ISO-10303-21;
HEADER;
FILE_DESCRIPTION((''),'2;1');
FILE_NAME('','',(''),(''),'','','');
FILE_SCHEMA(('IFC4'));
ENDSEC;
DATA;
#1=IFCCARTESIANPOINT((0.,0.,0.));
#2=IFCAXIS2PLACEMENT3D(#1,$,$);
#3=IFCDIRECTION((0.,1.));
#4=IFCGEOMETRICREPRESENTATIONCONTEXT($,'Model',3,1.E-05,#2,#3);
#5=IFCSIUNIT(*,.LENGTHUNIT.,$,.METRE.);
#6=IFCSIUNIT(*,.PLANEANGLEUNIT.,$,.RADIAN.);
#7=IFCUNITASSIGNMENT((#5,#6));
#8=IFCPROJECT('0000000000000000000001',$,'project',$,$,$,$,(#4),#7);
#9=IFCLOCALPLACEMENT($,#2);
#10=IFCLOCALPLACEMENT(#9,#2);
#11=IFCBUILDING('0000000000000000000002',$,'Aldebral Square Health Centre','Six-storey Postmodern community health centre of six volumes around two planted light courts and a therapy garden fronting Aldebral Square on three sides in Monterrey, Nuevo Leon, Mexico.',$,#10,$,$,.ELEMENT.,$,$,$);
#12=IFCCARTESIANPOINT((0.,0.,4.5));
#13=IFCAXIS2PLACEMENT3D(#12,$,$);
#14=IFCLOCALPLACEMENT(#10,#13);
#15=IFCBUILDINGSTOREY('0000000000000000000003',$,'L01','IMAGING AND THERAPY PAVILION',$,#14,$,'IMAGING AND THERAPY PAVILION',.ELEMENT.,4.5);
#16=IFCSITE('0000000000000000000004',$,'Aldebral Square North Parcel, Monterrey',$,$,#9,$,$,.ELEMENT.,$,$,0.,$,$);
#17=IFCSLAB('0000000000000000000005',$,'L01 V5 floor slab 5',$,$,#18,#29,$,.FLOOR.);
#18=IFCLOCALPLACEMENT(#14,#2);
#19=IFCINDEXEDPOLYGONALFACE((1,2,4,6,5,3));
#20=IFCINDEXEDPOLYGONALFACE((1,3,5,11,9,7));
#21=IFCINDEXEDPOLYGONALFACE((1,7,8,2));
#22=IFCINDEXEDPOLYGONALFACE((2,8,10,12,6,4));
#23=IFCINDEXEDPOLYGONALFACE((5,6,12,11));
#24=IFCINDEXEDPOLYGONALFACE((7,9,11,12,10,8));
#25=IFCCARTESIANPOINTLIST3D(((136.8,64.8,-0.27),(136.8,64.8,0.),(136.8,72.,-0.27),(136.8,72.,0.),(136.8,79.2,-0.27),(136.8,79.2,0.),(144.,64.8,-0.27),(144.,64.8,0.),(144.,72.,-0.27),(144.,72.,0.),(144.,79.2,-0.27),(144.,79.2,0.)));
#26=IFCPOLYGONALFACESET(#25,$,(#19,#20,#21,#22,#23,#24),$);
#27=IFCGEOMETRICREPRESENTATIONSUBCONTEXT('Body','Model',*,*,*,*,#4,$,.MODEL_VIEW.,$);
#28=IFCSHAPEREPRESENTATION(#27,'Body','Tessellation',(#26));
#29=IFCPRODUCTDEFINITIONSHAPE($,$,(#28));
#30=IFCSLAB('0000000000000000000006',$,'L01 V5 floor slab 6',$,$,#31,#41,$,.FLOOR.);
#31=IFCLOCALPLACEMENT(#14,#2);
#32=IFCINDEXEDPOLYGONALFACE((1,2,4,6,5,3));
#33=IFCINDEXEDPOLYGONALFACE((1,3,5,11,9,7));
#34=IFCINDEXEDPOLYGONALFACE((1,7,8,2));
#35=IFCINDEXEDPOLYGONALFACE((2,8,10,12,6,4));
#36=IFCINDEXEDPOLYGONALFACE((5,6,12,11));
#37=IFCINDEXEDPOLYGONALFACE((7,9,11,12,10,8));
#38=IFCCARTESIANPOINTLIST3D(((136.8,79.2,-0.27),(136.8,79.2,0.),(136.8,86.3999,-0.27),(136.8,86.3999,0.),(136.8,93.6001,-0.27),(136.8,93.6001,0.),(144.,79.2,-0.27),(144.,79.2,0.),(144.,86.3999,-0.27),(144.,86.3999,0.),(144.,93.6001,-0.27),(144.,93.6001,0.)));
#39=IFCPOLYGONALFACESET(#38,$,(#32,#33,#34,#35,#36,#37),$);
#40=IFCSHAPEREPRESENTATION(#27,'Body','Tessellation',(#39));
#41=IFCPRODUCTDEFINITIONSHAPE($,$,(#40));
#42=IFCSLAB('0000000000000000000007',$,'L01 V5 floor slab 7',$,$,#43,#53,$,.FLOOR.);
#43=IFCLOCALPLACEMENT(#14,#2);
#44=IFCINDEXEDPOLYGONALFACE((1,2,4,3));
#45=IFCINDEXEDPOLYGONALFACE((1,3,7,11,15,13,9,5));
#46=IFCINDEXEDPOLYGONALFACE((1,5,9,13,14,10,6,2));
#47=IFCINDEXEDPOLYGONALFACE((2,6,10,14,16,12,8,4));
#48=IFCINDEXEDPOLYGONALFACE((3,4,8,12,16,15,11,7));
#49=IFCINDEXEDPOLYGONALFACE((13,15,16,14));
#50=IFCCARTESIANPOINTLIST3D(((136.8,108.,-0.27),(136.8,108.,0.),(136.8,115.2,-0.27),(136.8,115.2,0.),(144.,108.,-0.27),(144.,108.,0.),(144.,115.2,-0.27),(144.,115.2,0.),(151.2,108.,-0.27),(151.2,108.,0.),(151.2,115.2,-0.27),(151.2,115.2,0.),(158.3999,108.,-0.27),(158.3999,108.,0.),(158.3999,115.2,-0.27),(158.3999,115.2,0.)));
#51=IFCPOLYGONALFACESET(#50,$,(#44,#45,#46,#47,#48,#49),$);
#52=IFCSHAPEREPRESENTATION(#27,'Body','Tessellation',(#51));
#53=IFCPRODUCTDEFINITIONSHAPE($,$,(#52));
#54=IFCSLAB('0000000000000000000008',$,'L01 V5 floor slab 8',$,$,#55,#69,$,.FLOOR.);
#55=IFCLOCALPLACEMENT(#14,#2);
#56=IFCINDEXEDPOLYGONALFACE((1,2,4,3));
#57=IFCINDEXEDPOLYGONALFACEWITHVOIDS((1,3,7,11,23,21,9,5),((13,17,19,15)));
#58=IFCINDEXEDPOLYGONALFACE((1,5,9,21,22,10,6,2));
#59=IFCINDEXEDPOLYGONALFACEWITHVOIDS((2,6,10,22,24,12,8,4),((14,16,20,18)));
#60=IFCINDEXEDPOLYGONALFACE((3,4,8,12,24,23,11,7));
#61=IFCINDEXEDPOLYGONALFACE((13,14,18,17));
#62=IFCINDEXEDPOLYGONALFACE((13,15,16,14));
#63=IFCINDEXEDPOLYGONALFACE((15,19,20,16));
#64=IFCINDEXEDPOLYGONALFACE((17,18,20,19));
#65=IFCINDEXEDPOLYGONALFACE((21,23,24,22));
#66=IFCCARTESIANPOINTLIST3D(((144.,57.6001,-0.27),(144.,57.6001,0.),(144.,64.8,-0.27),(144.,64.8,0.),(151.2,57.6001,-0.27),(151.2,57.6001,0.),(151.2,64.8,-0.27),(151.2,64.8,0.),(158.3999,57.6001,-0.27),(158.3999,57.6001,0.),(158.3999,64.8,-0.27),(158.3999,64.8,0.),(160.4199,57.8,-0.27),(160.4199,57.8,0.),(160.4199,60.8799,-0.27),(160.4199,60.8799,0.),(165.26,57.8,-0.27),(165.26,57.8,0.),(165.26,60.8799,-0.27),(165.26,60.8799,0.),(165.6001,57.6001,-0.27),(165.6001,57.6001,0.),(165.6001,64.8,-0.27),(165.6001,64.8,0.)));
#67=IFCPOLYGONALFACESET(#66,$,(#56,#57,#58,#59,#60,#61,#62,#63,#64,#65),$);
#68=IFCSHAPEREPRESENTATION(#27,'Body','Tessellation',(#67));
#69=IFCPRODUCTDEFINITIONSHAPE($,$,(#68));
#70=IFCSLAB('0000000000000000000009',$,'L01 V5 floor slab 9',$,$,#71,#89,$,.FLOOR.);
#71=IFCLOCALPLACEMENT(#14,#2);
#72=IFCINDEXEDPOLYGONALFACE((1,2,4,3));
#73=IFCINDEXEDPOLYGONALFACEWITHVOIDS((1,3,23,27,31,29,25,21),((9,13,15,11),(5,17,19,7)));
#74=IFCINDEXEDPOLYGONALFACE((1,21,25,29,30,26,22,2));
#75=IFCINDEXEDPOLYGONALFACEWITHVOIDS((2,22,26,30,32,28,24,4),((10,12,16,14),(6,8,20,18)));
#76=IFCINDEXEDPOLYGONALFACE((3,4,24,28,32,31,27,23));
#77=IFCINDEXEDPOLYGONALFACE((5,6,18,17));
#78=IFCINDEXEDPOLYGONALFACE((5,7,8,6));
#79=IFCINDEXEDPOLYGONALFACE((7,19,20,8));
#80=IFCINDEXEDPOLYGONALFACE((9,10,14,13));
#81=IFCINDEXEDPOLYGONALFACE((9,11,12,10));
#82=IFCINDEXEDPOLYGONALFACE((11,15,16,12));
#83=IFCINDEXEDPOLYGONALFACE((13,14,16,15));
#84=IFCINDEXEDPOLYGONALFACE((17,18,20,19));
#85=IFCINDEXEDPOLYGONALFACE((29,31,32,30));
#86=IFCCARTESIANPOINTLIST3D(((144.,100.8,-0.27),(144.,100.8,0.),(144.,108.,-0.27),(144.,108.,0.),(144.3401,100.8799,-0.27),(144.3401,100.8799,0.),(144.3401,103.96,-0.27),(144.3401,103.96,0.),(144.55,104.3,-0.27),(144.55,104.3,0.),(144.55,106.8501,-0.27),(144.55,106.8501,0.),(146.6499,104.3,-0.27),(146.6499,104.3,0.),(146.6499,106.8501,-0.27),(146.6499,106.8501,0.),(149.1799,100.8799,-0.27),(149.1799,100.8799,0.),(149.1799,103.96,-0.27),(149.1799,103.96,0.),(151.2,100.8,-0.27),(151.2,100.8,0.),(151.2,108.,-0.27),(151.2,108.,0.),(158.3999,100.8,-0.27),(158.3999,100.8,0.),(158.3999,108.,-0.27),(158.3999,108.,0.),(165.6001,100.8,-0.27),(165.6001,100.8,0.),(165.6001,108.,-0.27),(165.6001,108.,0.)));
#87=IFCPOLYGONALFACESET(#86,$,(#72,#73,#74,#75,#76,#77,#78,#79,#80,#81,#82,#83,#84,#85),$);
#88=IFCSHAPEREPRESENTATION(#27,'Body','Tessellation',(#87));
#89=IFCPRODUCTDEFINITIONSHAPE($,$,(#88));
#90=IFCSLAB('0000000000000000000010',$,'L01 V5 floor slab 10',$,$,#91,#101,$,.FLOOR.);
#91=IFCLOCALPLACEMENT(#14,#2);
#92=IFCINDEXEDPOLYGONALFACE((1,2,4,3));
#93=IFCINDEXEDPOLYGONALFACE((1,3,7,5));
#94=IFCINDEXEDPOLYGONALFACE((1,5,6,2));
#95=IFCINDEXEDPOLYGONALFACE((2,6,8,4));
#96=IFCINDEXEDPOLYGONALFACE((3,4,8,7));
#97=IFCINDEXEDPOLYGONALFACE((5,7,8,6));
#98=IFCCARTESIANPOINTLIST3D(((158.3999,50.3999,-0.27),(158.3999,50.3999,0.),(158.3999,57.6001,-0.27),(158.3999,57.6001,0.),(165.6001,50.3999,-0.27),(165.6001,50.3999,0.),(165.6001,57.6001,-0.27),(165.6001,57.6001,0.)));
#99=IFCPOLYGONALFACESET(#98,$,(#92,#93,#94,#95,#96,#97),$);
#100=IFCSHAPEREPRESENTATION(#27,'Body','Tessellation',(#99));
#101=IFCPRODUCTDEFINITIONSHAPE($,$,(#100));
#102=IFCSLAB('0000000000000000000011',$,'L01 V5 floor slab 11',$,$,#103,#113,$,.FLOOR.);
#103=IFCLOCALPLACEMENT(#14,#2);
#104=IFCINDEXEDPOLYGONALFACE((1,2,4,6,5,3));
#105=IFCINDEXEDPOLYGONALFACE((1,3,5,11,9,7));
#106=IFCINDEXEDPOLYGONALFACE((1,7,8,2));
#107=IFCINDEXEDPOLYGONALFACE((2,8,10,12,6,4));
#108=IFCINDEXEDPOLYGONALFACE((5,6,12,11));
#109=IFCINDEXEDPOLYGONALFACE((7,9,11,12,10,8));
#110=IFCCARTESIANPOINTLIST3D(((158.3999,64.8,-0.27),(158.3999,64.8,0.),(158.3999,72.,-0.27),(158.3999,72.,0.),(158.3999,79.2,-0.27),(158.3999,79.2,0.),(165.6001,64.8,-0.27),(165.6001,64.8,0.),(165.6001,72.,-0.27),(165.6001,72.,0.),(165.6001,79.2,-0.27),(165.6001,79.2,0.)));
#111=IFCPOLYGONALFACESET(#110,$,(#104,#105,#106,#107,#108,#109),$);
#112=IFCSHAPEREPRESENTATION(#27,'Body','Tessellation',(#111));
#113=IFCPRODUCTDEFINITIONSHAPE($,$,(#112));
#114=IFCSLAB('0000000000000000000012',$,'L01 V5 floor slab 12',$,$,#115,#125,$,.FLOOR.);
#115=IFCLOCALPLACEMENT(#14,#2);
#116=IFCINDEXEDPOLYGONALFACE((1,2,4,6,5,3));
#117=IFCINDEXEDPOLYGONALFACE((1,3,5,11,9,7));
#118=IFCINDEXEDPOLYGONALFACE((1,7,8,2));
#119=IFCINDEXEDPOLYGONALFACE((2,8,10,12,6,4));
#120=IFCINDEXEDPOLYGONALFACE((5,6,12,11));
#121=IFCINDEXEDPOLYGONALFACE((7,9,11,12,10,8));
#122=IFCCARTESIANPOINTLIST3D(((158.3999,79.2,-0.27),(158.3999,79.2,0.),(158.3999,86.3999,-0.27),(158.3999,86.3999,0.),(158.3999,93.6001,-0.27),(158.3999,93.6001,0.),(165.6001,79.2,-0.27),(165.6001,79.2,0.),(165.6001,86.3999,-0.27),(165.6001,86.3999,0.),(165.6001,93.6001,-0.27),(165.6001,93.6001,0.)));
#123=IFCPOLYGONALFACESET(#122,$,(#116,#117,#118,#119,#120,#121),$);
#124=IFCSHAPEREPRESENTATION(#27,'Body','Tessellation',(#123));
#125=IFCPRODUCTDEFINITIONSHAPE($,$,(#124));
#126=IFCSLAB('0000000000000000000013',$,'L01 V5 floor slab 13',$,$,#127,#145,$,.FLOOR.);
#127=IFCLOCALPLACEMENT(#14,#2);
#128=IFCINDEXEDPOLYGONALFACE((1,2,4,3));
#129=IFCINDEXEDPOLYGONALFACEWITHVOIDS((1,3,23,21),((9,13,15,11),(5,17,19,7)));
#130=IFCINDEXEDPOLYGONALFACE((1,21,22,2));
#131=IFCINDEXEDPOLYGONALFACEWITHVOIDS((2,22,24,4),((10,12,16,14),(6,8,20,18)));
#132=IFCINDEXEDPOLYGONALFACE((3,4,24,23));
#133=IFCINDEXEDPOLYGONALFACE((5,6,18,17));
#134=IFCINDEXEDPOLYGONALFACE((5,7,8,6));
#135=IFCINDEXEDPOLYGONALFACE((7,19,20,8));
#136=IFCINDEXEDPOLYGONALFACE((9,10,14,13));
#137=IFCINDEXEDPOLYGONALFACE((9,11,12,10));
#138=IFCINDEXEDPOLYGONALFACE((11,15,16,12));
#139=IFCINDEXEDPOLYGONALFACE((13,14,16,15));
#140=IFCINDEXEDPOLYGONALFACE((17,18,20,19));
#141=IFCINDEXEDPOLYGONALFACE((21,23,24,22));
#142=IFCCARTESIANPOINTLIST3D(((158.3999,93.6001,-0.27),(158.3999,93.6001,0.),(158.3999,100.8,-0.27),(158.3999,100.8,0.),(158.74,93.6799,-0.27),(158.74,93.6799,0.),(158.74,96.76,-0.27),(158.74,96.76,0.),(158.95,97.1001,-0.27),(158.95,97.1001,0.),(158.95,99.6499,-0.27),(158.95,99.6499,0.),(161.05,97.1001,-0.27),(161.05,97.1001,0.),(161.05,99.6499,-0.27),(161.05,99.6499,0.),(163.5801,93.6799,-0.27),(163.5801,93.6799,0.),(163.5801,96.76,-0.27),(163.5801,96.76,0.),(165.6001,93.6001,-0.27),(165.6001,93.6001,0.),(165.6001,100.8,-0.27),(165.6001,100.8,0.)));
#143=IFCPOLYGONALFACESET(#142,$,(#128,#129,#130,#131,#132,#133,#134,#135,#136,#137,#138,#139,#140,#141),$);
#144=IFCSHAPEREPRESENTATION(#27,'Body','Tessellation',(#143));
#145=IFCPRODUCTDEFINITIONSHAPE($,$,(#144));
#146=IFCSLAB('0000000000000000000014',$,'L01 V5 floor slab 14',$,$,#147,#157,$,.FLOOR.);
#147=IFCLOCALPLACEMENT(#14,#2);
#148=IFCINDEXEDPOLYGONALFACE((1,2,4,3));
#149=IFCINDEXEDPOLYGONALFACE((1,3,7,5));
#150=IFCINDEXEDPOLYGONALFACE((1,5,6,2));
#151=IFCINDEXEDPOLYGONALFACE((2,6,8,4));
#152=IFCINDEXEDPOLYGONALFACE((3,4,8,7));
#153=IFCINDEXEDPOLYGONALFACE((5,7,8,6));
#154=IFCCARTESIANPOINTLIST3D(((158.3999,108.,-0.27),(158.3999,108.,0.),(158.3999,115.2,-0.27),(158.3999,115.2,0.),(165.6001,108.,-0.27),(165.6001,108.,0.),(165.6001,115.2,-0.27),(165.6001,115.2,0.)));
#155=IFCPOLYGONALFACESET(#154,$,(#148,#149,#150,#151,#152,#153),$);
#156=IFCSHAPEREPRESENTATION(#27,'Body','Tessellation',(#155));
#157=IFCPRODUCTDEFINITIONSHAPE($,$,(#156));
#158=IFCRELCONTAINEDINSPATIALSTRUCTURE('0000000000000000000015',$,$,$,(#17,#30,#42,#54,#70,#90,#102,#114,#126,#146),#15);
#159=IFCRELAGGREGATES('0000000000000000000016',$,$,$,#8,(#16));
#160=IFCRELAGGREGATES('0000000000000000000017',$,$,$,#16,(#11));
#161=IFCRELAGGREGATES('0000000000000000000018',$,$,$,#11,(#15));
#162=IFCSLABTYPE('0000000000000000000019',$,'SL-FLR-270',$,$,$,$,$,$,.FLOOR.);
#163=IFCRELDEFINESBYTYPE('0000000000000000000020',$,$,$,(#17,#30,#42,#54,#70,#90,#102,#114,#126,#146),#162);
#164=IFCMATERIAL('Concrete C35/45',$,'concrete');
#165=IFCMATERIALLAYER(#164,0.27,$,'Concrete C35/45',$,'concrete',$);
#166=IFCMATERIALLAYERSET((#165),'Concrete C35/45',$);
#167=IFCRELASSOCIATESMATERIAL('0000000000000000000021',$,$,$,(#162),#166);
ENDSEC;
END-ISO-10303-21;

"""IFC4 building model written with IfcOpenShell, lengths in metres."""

from ifc_helpers import new_model, si_unit, direction, frame, origin, place, context, subcontext, project, spatial, polyline, outline, extrude, material, layer, layer_set, type_object, element, save


model = new_model("IFC4")

# Units and contexts
model_context = context("Model", 3, precision=1e-05, world=origin(), true_north=direction((0.0, 1.0)))
body_context = subcontext(model_context, "Body", "Model", "MODEL_VIEW")
ifc_project = project(units=[si_unit("LENGTHUNIT", "METRE"), si_unit("PLANEANGLEUNIT", "RADIAN")], contexts=[model_context])

# Site, building, storey
site_placement = place(None, origin())
site = spatial("IfcSite", under=ifc_project, at=site_placement, Name="Aldebral Square North Parcel, Monterrey", CompositionType="ELEMENT", RefElevation=0.0)
building_placement = place(site_placement, origin())
building = spatial("IfcBuilding", under=site, at=building_placement, Name="Aldebral Square Health Centre", Description="Six-storey Postmodern community health centre of six volumes around two planted light courts and a therapy garden fronting Aldebral Square on three sides in Monterrey, Nuevo Leon, Mexico.", CompositionType="ELEMENT")
storey_placement = place(building_placement, frame((0.0, 0.0, 4.5)))
storey = spatial("IfcBuildingStorey", under=building, at=storey_placement, Name="L01", Description="IMAGING AND THERAPY PAVILION", LongName="IMAGING AND THERAPY PAVILION", CompositionType="ELEMENT", Elevation=4.5)

# Slabs
ifc_material = material(Name="Concrete C35/45", Category="concrete")
ifc_layer_1 = layer(ifc_material, 0.27, Name="Concrete C35/45", Category="concrete")
ifc_layer_set_1 = layer_set([ifc_layer_1], Name="Concrete C35/45")
slab_type_1 = type_object("IfcSlabType", Name="SL-FLR-270", PredefinedType="FLOOR", material=ifc_layer_set_1)
slab_1_placement = place(storey_placement, frame((0.0, 0.0, -0.27)))
element("IfcSlab", 1, at=slab_1_placement, inside=storey, type_object=slab_type_1, Name="L01 V5 floor slab 5", PredefinedType="FLOOR", context=body_context, shape_type="SweptSolid", body=[
    extrude(outline(polyline([(136.8, 64.8), (136.8, 72.0), (136.8, 79.2), (144.0, 79.2), (144.0, 72.0), (144.0, 64.8), (136.8, 64.8)])), origin(), (0.0, 0.0, 1.0), 0.27),
])
slab_2_placement = place(storey_placement, frame((0.0, 0.0, -0.27)))
element("IfcSlab", 2, at=slab_2_placement, inside=storey, type_object=slab_type_1, Name="L01 V5 floor slab 6", PredefinedType="FLOOR", context=body_context, shape_type="SweptSolid", body=[
    extrude(outline(polyline([(136.8, 79.2), (136.8, 86.3999), (136.8, 93.6001), (144.0, 93.6001), (144.0, 86.3999), (144.0, 79.2), (136.8, 79.2)])), origin(), (0.0, 0.0, 1.0), 0.27),
])
slab_3_placement = place(storey_placement, frame((0.0, 0.0, -0.27)))
element("IfcSlab", 3, at=slab_3_placement, inside=storey, type_object=slab_type_1, Name="L01 V5 floor slab 7", PredefinedType="FLOOR", context=body_context, shape_type="SweptSolid", body=[
    extrude(outline(polyline([(136.8, 115.2), (144.0, 115.2), (151.2, 115.2), (158.3999, 115.2), (158.3999, 108.0), (151.2, 108.0), (144.0, 108.0), (136.8, 108.0), (136.8, 115.2)])), origin(), (0.0, 0.0, 1.0), 0.27),
])
slab_4_placement = place(storey_placement, frame((0.0, 0.0, -0.27)))
element("IfcSlab", 4, at=slab_4_placement, inside=storey, type_object=slab_type_1, Name="L01 V5 floor slab 8", PredefinedType="FLOOR", context=body_context, shape_type="SweptSolid", body=[
    extrude(outline(polyline([(144.0, 64.8), (151.2, 64.8), (158.3999, 64.8), (165.6001, 64.8), (165.6001, 57.6001), (158.3999, 57.6001), (151.2, 57.6001), (144.0, 57.6001), (144.0, 64.8)]), holes=[polyline([(165.26, 60.8799), (160.4199, 60.8799), (160.4199, 57.8), (165.26, 57.8), (165.26, 60.8799)])]), origin(), (0.0, 0.0, 1.0), 0.27),
])
slab_5_placement = place(storey_placement, frame((0.0, 0.0, -0.27)))
element("IfcSlab", 5, at=slab_5_placement, inside=storey, type_object=slab_type_1, Name="L01 V5 floor slab 9", PredefinedType="FLOOR", context=body_context, shape_type="SweptSolid", body=[
    extrude(outline(polyline([(144.0, 108.0), (151.2, 108.0), (158.3999, 108.0), (165.6001, 108.0), (165.6001, 100.8), (158.3999, 100.8), (151.2, 100.8), (144.0, 100.8), (144.0, 108.0)]), holes=[polyline([(149.1799, 103.96), (144.3401, 103.96), (144.3401, 100.8799), (149.1799, 100.8799), (149.1799, 103.96)]), polyline([(146.6499, 106.8501), (144.55, 106.8501), (144.55, 104.3), (146.6499, 104.3), (146.6499, 106.8501)])]), origin(), (0.0, 0.0, 1.0), 0.27),
])
slab_6_placement = place(storey_placement, frame((0.0, 0.0, -0.27)))
element("IfcSlab", 6, at=slab_6_placement, inside=storey, type_object=slab_type_1, Name="L01 V5 floor slab 10", PredefinedType="FLOOR", context=body_context, shape_type="SweptSolid", body=[
    extrude(outline(polyline([(158.3999, 50.3999), (158.3999, 57.6001), (165.6001, 57.6001), (165.6001, 50.3999), (158.3999, 50.3999)])), origin(), (0.0, 0.0, 1.0), 0.27),
])
slab_7_placement = place(storey_placement, frame((0.0, 0.0, -0.27)))
element("IfcSlab", 7, at=slab_7_placement, inside=storey, type_object=slab_type_1, Name="L01 V5 floor slab 11", PredefinedType="FLOOR", context=body_context, shape_type="SweptSolid", body=[
    extrude(outline(polyline([(158.3999, 64.8), (158.3999, 72.0), (158.3999, 79.2), (165.6001, 79.2), (165.6001, 72.0), (165.6001, 64.8), (158.3999, 64.8)])), origin(), (0.0, 0.0, 1.0), 0.27),
])
slab_8_placement = place(storey_placement, frame((0.0, 0.0, -0.27)))
element("IfcSlab", 8, at=slab_8_placement, inside=storey, type_object=slab_type_1, Name="L01 V5 floor slab 12", PredefinedType="FLOOR", context=body_context, shape_type="SweptSolid", body=[
    extrude(outline(polyline([(158.3999, 79.2), (158.3999, 86.3999), (158.3999, 93.6001), (165.6001, 93.6001), (165.6001, 86.3999), (165.6001, 79.2), (158.3999, 79.2)])), origin(), (0.0, 0.0, 1.0), 0.27),
])
slab_9_placement = place(storey_placement, frame((0.0, 0.0, -0.27)))
element("IfcSlab", 9, at=slab_9_placement, inside=storey, type_object=slab_type_1, Name="L01 V5 floor slab 13", PredefinedType="FLOOR", context=body_context, shape_type="SweptSolid", body=[
    extrude(outline(polyline([(158.3999, 93.6001), (158.3999, 100.8), (165.6001, 100.8), (165.6001, 93.6001), (158.3999, 93.6001)]), holes=[polyline([(163.5801, 96.76), (158.74, 96.76), (158.74, 93.6799), (163.5801, 93.6799), (163.5801, 96.76)]), polyline([(161.05, 99.6499), (158.95, 99.6499), (158.95, 97.1001), (161.05, 97.1001), (161.05, 99.6499)])]), origin(), (0.0, 0.0, 1.0), 0.27),
])
slab_10_placement = place(storey_placement, frame((0.0, 0.0, -0.27)))
element("IfcSlab", 10, at=slab_10_placement, inside=storey, type_object=slab_type_1, Name="L01 V5 floor slab 14", PredefinedType="FLOOR", context=body_context, shape_type="SweptSolid", body=[
    extrude(outline(polyline([(158.3999, 108.0), (158.3999, 115.2), (165.6001, 115.2), (165.6001, 108.0), (158.3999, 108.0)])), origin(), (0.0, 0.0, 1.0), 0.27),
])

save(model, "model.ifc")
